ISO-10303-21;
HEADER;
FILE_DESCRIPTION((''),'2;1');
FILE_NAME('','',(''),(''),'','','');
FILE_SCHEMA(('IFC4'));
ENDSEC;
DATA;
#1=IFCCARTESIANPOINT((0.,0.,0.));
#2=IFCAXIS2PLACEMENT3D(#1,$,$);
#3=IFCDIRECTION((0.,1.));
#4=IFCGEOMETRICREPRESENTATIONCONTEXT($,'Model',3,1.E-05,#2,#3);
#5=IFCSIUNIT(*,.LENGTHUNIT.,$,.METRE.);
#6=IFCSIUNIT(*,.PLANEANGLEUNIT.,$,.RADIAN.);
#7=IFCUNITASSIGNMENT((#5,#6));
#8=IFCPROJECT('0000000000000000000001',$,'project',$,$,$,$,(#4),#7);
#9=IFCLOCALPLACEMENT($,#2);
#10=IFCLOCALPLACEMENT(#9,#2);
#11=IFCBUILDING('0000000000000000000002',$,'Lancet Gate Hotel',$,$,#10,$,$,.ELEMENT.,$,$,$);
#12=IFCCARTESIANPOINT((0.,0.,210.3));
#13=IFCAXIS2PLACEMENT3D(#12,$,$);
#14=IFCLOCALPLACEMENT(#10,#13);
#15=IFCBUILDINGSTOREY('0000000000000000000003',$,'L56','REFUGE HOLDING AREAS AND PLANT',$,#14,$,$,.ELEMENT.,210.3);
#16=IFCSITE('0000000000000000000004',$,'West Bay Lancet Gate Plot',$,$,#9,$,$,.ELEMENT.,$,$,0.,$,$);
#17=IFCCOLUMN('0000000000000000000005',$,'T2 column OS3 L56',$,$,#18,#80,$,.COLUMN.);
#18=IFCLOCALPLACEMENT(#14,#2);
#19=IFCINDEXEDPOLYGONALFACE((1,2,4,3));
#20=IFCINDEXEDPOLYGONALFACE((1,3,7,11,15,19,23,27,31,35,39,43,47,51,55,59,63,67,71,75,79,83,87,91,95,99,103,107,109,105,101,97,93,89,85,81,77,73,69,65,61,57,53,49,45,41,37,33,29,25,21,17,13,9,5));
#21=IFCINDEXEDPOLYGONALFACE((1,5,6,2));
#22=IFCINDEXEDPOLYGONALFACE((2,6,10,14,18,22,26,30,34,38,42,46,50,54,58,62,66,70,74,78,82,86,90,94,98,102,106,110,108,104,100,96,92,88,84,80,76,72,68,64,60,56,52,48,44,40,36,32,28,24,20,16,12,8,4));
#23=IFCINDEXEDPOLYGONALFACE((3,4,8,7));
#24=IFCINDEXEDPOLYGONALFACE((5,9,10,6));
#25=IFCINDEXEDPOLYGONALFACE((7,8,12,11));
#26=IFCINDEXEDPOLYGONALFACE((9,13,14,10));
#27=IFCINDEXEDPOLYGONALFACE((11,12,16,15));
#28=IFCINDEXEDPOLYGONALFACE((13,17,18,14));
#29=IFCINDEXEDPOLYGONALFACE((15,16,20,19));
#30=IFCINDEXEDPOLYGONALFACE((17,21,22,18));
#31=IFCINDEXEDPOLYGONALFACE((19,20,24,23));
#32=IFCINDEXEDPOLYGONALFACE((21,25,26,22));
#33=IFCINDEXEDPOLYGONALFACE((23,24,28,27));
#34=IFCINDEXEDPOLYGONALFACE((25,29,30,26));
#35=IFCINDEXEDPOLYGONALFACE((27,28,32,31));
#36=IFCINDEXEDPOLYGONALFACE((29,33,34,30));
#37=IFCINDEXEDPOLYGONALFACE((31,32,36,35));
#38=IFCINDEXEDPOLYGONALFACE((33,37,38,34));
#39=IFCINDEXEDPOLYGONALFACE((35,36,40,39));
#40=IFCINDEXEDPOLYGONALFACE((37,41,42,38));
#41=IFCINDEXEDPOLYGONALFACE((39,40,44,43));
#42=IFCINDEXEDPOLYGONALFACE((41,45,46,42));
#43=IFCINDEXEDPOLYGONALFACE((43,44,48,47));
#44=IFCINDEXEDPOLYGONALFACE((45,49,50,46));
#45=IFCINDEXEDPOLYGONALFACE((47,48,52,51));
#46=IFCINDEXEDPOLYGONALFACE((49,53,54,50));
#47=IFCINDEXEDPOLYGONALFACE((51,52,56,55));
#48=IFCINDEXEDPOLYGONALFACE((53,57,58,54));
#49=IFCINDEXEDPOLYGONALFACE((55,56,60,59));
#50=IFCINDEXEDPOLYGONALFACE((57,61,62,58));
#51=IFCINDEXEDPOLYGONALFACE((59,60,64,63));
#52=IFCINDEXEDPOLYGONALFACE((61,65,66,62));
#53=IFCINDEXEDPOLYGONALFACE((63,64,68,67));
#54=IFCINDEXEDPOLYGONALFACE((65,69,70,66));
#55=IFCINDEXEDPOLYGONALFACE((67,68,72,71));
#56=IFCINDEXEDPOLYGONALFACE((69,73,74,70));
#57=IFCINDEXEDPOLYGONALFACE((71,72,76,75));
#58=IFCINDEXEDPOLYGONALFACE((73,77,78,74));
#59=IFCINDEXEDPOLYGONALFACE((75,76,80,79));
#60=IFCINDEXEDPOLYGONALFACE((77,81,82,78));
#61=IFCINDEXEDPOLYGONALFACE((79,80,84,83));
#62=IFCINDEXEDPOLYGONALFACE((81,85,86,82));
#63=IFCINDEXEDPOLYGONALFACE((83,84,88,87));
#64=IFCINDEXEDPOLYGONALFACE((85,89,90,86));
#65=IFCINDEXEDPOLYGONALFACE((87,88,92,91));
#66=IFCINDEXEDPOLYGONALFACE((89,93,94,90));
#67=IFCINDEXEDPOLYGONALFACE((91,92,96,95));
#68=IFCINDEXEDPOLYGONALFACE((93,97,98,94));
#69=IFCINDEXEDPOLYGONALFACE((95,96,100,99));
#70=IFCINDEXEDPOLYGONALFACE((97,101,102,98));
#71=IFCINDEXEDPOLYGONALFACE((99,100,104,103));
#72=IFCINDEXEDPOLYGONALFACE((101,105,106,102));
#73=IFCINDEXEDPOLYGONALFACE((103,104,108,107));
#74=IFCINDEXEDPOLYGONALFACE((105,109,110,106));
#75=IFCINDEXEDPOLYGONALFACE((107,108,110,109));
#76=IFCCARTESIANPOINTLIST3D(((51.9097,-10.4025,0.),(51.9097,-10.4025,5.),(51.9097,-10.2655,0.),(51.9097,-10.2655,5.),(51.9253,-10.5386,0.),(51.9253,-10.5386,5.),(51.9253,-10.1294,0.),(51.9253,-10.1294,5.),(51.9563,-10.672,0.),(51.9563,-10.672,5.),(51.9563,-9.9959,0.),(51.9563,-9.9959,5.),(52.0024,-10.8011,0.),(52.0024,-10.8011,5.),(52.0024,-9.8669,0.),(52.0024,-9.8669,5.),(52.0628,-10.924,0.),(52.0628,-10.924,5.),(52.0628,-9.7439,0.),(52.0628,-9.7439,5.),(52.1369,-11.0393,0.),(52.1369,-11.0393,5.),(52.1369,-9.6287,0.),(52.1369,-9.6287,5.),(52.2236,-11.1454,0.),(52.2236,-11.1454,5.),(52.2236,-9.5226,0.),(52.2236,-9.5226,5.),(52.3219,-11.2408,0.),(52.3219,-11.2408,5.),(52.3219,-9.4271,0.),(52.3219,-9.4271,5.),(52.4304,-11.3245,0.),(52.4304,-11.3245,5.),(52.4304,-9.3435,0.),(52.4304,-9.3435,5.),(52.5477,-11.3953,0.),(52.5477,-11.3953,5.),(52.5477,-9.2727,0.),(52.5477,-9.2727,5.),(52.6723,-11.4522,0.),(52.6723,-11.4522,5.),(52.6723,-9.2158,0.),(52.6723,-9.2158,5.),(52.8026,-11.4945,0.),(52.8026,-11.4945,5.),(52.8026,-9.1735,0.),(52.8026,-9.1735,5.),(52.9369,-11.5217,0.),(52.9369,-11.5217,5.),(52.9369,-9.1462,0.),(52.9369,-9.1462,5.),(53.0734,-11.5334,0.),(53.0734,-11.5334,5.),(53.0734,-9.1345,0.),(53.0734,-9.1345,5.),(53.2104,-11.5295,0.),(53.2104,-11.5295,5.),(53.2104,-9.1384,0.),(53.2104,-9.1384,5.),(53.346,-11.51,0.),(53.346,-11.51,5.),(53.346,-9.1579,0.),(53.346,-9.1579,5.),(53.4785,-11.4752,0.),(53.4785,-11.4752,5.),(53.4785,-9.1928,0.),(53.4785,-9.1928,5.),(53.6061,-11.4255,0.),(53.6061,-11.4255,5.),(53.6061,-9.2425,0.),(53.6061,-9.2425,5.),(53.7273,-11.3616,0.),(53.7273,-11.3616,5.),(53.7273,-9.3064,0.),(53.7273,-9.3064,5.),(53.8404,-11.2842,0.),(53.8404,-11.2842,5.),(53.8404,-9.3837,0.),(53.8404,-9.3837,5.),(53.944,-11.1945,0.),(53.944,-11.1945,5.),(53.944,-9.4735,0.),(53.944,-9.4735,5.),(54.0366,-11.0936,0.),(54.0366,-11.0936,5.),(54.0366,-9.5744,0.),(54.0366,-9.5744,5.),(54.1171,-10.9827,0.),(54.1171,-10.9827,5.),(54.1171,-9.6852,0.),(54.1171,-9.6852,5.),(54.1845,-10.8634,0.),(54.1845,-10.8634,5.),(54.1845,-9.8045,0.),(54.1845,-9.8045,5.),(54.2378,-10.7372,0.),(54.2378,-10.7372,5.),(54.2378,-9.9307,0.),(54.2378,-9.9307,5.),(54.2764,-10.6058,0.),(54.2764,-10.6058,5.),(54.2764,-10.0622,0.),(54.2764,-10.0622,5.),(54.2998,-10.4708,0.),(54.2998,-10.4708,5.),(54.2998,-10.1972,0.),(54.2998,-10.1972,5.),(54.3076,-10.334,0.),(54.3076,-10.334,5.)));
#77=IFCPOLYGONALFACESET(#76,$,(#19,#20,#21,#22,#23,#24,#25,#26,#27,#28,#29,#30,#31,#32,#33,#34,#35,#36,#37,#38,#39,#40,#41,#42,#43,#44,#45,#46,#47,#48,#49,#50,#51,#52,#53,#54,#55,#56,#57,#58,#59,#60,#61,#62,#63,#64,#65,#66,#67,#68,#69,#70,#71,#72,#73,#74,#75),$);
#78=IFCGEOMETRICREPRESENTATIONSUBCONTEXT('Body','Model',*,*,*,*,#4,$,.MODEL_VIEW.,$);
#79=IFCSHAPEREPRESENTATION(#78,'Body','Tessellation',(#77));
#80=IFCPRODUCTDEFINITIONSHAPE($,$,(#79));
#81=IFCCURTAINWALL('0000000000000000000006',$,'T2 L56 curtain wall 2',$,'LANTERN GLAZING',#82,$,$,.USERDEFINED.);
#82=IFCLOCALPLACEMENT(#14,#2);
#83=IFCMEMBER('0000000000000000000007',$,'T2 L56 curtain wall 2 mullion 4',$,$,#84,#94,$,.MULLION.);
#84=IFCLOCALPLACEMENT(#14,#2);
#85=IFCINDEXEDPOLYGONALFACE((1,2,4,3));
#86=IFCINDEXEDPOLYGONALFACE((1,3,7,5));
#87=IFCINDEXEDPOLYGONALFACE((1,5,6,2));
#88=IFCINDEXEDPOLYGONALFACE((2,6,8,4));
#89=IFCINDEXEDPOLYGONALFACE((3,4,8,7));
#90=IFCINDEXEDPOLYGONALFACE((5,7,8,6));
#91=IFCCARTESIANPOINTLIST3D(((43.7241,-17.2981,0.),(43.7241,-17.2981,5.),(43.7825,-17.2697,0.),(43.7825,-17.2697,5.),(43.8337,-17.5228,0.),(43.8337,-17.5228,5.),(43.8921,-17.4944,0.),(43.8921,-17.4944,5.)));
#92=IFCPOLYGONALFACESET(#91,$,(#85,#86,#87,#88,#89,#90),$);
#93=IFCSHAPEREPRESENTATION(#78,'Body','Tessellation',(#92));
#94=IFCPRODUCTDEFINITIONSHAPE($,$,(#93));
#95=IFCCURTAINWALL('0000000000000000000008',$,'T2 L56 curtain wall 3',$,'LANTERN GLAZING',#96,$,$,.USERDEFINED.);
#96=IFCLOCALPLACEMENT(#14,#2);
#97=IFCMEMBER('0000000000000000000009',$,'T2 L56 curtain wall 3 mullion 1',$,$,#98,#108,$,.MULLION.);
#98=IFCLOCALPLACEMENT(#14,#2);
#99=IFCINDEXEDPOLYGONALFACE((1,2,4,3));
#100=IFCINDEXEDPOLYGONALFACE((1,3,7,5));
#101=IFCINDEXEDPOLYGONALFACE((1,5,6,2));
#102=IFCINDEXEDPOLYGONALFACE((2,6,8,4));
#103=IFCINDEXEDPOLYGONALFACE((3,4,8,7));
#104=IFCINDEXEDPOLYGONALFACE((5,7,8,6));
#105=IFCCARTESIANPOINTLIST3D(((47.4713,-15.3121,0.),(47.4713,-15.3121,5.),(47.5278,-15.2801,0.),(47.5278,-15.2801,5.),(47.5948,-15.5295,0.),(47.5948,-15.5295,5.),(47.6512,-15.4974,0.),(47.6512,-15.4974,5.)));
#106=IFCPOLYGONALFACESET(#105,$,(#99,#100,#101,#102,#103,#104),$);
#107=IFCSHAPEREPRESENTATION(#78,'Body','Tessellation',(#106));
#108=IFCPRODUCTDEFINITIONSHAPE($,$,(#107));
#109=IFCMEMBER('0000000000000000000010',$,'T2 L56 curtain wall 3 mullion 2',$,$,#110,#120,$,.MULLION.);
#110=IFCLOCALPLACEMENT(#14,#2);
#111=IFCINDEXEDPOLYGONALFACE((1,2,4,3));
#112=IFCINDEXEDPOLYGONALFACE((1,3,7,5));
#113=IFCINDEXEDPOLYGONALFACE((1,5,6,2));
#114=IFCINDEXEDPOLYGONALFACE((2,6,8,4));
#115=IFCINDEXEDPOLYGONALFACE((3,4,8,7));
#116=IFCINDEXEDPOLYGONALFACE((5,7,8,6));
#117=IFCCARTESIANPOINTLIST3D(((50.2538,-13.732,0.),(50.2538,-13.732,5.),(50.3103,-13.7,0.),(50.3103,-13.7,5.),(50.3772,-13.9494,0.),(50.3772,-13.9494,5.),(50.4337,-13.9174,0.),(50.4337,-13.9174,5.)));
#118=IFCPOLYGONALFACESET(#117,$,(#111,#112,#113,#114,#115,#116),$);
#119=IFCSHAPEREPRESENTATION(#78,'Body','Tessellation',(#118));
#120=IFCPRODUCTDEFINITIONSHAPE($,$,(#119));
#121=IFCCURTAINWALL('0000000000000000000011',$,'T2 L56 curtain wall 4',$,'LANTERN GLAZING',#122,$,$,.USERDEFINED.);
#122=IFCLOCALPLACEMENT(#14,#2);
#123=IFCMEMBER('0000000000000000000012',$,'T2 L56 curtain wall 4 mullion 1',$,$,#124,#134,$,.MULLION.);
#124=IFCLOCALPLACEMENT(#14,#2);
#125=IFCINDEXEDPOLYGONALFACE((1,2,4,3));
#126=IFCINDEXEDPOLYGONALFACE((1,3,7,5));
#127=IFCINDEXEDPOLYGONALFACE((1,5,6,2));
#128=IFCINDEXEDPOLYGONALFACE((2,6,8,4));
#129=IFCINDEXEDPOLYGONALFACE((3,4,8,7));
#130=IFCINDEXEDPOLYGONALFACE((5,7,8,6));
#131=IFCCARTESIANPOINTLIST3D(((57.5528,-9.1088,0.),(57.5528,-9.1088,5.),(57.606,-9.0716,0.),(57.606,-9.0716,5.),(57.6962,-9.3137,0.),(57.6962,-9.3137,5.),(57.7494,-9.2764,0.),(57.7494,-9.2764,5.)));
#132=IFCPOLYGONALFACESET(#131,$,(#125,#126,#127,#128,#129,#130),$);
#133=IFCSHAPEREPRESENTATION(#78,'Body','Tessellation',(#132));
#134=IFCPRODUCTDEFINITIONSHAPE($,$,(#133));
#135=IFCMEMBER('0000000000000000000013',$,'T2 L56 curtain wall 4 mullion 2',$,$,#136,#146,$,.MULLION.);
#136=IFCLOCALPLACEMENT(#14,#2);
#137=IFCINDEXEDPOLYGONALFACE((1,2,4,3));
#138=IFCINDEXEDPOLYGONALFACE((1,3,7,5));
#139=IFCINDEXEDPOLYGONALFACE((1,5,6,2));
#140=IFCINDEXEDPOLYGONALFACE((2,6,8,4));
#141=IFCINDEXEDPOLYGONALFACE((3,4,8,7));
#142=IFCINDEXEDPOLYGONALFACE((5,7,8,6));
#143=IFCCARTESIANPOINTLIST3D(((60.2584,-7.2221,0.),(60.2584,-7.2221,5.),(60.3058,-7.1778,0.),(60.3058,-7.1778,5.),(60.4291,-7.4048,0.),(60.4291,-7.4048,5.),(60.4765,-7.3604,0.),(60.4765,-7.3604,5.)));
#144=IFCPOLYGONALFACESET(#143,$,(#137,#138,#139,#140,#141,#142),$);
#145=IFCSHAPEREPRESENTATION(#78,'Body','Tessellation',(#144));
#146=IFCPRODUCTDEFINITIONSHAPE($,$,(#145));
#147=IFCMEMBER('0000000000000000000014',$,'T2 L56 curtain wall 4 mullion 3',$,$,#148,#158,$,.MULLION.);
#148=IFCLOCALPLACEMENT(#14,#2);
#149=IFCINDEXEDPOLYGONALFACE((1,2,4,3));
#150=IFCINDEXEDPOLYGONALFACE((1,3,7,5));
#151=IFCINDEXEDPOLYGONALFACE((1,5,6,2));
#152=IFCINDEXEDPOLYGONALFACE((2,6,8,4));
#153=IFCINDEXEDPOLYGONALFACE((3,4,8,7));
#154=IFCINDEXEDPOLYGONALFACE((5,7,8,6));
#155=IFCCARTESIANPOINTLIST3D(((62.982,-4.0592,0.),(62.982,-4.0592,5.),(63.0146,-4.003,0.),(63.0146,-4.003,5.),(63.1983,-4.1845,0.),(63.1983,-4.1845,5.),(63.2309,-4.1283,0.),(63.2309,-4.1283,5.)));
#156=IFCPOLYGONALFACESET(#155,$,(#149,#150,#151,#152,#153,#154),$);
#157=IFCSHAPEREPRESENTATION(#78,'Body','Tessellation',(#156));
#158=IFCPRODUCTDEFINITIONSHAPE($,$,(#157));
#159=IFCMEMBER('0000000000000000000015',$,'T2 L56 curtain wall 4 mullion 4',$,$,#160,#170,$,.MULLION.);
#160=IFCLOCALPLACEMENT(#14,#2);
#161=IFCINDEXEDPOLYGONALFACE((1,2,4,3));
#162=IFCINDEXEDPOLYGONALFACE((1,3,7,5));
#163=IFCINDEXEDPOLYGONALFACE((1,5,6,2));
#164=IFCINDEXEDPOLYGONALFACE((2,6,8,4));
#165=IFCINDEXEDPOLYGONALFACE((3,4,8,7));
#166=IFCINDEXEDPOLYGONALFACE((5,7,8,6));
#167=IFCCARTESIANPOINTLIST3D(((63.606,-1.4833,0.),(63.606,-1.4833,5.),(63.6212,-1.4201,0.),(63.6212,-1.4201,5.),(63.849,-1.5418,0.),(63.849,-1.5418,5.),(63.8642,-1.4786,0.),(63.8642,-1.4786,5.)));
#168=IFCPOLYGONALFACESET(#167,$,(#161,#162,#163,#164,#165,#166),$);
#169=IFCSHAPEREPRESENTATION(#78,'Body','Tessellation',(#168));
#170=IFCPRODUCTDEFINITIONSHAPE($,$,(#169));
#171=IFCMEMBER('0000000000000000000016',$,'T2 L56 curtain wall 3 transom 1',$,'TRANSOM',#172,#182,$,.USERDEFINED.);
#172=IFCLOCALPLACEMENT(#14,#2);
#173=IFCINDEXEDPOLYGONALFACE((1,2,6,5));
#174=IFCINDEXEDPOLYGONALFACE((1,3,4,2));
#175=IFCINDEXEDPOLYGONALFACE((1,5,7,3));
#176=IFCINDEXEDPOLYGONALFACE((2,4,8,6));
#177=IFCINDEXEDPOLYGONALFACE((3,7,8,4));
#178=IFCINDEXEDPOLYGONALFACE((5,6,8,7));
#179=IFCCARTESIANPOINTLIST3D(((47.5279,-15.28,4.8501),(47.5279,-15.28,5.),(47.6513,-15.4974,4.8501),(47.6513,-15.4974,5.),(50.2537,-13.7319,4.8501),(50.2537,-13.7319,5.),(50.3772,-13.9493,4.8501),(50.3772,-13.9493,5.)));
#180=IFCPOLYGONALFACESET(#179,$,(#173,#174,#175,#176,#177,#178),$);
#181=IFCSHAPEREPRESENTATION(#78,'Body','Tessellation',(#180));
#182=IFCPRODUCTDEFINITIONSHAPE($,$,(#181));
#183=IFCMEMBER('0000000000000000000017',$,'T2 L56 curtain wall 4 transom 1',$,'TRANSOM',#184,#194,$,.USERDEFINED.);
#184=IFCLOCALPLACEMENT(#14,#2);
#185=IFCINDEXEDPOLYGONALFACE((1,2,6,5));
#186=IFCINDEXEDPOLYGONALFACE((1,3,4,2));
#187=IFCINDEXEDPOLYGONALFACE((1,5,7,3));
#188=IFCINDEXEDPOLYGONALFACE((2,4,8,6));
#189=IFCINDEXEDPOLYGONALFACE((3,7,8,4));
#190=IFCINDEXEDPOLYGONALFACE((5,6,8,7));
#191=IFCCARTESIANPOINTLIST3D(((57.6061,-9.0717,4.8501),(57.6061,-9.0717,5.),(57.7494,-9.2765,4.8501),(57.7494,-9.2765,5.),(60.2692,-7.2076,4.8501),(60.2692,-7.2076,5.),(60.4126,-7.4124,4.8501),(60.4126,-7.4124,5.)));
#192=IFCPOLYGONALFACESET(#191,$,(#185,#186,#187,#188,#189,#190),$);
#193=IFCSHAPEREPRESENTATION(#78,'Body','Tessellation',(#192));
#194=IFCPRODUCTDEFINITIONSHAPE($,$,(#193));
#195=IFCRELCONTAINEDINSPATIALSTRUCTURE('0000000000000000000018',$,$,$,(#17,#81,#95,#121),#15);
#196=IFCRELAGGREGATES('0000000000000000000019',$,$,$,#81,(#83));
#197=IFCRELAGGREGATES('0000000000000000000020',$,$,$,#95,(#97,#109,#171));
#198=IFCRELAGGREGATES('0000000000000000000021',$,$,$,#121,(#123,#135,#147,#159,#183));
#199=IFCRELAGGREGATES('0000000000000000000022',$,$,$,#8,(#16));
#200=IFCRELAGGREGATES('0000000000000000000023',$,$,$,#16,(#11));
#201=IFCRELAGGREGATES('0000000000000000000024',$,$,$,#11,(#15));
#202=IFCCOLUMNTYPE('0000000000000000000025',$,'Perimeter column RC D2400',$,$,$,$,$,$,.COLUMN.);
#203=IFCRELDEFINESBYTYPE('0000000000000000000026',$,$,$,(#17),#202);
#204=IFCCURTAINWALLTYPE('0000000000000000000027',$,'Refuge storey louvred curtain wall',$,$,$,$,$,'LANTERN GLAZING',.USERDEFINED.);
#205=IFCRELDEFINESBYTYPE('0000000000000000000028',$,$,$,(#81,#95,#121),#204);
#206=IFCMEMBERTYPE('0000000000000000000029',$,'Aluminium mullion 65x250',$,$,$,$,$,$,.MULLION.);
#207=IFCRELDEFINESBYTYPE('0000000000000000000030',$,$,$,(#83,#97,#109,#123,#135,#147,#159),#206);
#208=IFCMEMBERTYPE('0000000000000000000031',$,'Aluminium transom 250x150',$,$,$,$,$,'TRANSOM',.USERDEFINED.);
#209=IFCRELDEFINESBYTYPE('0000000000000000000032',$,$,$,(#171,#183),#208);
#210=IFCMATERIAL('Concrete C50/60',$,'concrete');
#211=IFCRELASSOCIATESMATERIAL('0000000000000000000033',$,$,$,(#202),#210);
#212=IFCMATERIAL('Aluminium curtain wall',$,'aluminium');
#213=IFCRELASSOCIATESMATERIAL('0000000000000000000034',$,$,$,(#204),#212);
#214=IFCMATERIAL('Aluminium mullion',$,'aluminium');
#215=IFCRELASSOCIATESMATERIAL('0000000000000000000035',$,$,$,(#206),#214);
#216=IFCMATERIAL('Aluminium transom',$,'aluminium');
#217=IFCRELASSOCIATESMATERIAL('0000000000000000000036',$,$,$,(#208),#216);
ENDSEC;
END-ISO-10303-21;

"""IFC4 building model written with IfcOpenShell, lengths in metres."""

from ifc_helpers import new_model, si_unit, direction, frame, origin, origin_2d, place, context, subcontext, project, spatial, rectangle, circle, extrude, material, material_profile, profile_set, type_object, element, aggregate, save


model = new_model("IFC4")

# Units and contexts
model_context = context("Model", 3, precision=1e-05, world=origin(), true_north=direction((0.0, 1.0)))
body_context = subcontext(model_context, "Body", "Model", "MODEL_VIEW")
ifc_project = project(units=[si_unit("LENGTHUNIT", "METRE"), si_unit("PLANEANGLEUNIT", "RADIAN")], contexts=[model_context])

# Site, building, storey
site_placement = place(None, origin())
site = spatial("IfcSite", under=ifc_project, at=site_placement, Name="West Bay Lancet Gate Plot", CompositionType="ELEMENT", RefElevation=0.0)
building_placement = place(site_placement, origin())
building = spatial("IfcBuilding", under=site, at=building_placement, Name="Lancet Gate Hotel", CompositionType="ELEMENT")
storey_placement = place(building_placement, frame((0.0, 0.0, 210.3)))
storey = spatial("IfcBuildingStorey", under=building, at=storey_placement, Name="L56", Description="REFUGE HOLDING AREAS AND PLANT", CompositionType="ELEMENT", Elevation=210.3)

# Column
ifc_material_1 = material(Name="Concrete C50/60", Category="concrete")
ifc_material_profile_1 = material_profile(ifc_material_1, circle(Radius=1.2, at=origin_2d()), Name="RC D2400")
ifc_profile_set_1 = profile_set([ifc_material_profile_1], Name="Concrete C50/60")
column_type = type_object("IfcColumnType", Name="Perimeter column RC D2400", PredefinedType="COLUMN", material=ifc_profile_set_1)
for number, where, z_axis, x_axis, name in (
    (1, (53.1077, -10.334, 0.0), (0.0, 0.0, 1.0), (1.0, 0.0, 0.0), "T2 column OS3 L56"),
):
    element("IfcColumn", number, at=place(storey_placement, frame(where, z_axis=z_axis, x_axis=x_axis)), inside=storey, type_object=column_type, Name=name, PredefinedType="COLUMN", context=body_context, shape_type="SweptSolid", body=[
        extrude(circle(Radius=1.2, at=origin_2d()), origin(), (0.0, 0.0, 1.0), 5.0),
    ])

# Curtain wall, member
ifc_material_2 = material(Name="Aluminium curtain wall", Category="aluminium")
curtain_wall_type = type_object("IfcCurtainWallType", Name="Refuge storey louvred curtain wall", ElementType="LANTERN GLAZING", PredefinedType="USERDEFINED", material=ifc_material_2)
curtain_wall_1_placement = place(storey_placement, origin())
curtain_wall_1 = element("IfcCurtainWall", 2, at=curtain_wall_1_placement, inside=storey, type_object=curtain_wall_type, Name="T2 L56 curtain wall 2", ObjectType="LANTERN GLAZING", PredefinedType="USERDEFINED")
ifc_material_3 = material(Name="Aluminium mullion", Category="aluminium")
ifc_material_profile_2 = material_profile(ifc_material_3, rectangle(XDim=0.0649, YDim=0.25, at=origin_2d()), Name="MULLION 65x250")
ifc_profile_set_2 = profile_set([ifc_material_profile_2], Name="Aluminium mullion")
member_type_1 = type_object("IfcMemberType", Name="Aluminium mullion 65x250", PredefinedType="MULLION", material=ifc_profile_set_2)
member_1_placement = place(storey_placement, frame((43.8081, -17.3962, 0.0), z_axis=(0.0, 0.0, 1.0), x_axis=(0.898823, 0.438311, 0.0)))
member_1 = element("IfcMember", 3, at=member_1_placement, type_object=member_type_1, Name="T2 L56 curtain wall 2 mullion 4", PredefinedType="MULLION", context=body_context, shape_type="SweptSolid", body=[
    extrude(rectangle(XDim=0.0649, YDim=0.25, at=origin_2d()), origin(), (0.0, 0.0, 1.0), 5.0),
])

# Curtain walls, members
curtain_wall_2_placement = place(storey_placement, origin())
curtain_wall_2 = element("IfcCurtainWall", 4, at=curtain_wall_2_placement, inside=storey, type_object=curtain_wall_type, Name="T2 L56 curtain wall 3", ObjectType="LANTERN GLAZING", PredefinedType="USERDEFINED")
member_2_placement = place(storey_placement, frame((47.5613, -15.4048, 0.0), z_axis=(0.0, 0.0, 1.0), x_axis=(0.86955, 0.493844, 0.0)))
member_2 = element("IfcMember", 5, at=member_2_placement, type_object=member_type_1, Name="T2 L56 curtain wall 3 mullion 1", PredefinedType="MULLION", context=body_context, shape_type="SweptSolid", body=[
    extrude(rectangle(XDim=0.0649, YDim=0.25, at=origin_2d()), origin(), (0.0, 0.0, 1.0), 5.0),
])
member_3_placement = place(storey_placement, frame((50.3438, -13.8247, 0.0), z_axis=(0.0, 0.0, 1.0), x_axis=(0.86955, 0.493844, 0.0)))
member_3 = element("IfcMember", 6, at=member_3_placement, type_object=member_type_1, Name="T2 L56 curtain wall 3 mullion 2", PredefinedType="MULLION", context=body_context, shape_type="SweptSolid", body=[
    extrude(rectangle(XDim=0.0649, YDim=0.25, at=origin_2d()), origin(), (0.0, 0.0, 1.0), 5.0),
])
curtain_wall_3_placement = place(storey_placement, origin())
curtain_wall_3 = element("IfcCurtainWall", 7, at=curtain_wall_3_placement, inside=storey, type_object=curtain_wall_type, Name="T2 L56 curtain wall 4", ObjectType="LANTERN GLAZING", PredefinedType="USERDEFINED")
member_4_placement = place(storey_placement, frame((57.6511, -9.1926, 0.0), z_axis=(0.0, 0.0, 1.0), x_axis=(0.819255, 0.573429, 0.0)))
member_4 = element("IfcMember", 8, at=member_4_placement, type_object=member_type_1, Name="T2 L56 curtain wall 4 mullion 1", PredefinedType="MULLION", context=body_context, shape_type="SweptSolid", body=[
    extrude(rectangle(XDim=0.0649, YDim=0.25, at=origin_2d()), origin(), (0.0, 0.0, 1.0), 5.0),
])
member_5_placement = place(storey_placement, frame((60.3674, -7.2913, 0.0), z_axis=(0.0, 0.0, 1.0), x_axis=(0.730573, 0.682834, 0.0)))
member_5 = element("IfcMember", 9, at=member_5_placement, type_object=member_type_1, Name="T2 L56 curtain wall 4 mullion 2", PredefinedType="MULLION", context=body_context, shape_type="SweptSolid", body=[
    extrude(rectangle(XDim=0.0649, YDim=0.25, at=origin_2d()), origin(), (0.0, 0.0, 1.0), 5.0),
])
member_6_placement = place(storey_placement, frame((63.1064, -4.0938, 0.0), z_axis=(0.0, 0.0, 1.0), x_axis=(0.501456, 0.865183, 0.0)))
member_6 = element("IfcMember", 10, at=member_6_placement, type_object=member_type_1, Name="T2 L56 curtain wall 4 mullion 3", PredefinedType="MULLION", context=body_context, shape_type="SweptSolid", body=[
    extrude(rectangle(XDim=0.0649, YDim=0.25, at=origin_2d()), origin(), (0.0, 0.0, 1.0), 5.0),
])
member_7_placement = place(storey_placement, frame((63.7351, -1.481, 0.0), z_axis=(0.0, 0.0, 1.0), x_axis=(0.233916, 0.972257, 0.0)))
member_7 = element("IfcMember", 11, at=member_7_placement, type_object=member_type_1, Name="T2 L56 curtain wall 4 mullion 4", PredefinedType="MULLION", context=body_context, shape_type="SweptSolid", body=[
    extrude(rectangle(XDim=0.0649, YDim=0.25, at=origin_2d()), origin(), (0.0, 0.0, 1.0), 5.0),
])

# Members
ifc_material_4 = material(Name="Aluminium transom", Category="aluminium")
ifc_material_profile_3 = material_profile(ifc_material_4, rectangle(XDim=0.25, YDim=0.1499, at=origin_2d()), Name="TRANSOM 250x150")
ifc_profile_set_3 = profile_set([ifc_material_profile_3], Name="Aluminium transom")
member_type_2 = type_object("IfcMemberType", Name="Aluminium transom 250x150", ElementType="TRANSOM", PredefinedType="USERDEFINED", material=ifc_profile_set_3)
member_8_placement = place(storey_placement, frame((47.5896, -15.3887, 4.925), z_axis=(0.869549, 0.493847, 0.0), x_axis=(-0.493847, 0.869549, 0.0)))
member_8 = element("IfcMember", 12, at=member_8_placement, type_object=member_type_2, Name="T2 L56 curtain wall 3 transom 1", ObjectType="TRANSOM", PredefinedType="USERDEFINED", context=body_context, shape_type="SweptSolid", body=[
    extrude(rectangle(XDim=0.25, YDim=0.1499, at=origin_2d()), origin(), (0.0, 0.0, 1.0), 3.1348),
])
member_9_placement = place(storey_placement, frame((57.6777, -9.1741, 4.925), z_axis=(0.819253, 0.573432, 0.0), x_axis=(-0.573432, 0.819253, 0.0)))
member_9 = element("IfcMember", 13, at=member_9_placement, type_object=member_type_2, Name="T2 L56 curtain wall 4 transom 1", ObjectType="TRANSOM", PredefinedType="USERDEFINED", context=body_context, shape_type="SweptSolid", body=[
    extrude(rectangle(XDim=0.25, YDim=0.1499, at=origin_2d()), origin(), (0.0, 0.0, 1.0), 3.2507),
])

aggregate(curtain_wall_1, [member_1])
aggregate(curtain_wall_2, [member_2, member_3, member_8])
aggregate(curtain_wall_3, [member_4, member_5, member_6, member_7, member_9])

save(model, "model.ifc")
